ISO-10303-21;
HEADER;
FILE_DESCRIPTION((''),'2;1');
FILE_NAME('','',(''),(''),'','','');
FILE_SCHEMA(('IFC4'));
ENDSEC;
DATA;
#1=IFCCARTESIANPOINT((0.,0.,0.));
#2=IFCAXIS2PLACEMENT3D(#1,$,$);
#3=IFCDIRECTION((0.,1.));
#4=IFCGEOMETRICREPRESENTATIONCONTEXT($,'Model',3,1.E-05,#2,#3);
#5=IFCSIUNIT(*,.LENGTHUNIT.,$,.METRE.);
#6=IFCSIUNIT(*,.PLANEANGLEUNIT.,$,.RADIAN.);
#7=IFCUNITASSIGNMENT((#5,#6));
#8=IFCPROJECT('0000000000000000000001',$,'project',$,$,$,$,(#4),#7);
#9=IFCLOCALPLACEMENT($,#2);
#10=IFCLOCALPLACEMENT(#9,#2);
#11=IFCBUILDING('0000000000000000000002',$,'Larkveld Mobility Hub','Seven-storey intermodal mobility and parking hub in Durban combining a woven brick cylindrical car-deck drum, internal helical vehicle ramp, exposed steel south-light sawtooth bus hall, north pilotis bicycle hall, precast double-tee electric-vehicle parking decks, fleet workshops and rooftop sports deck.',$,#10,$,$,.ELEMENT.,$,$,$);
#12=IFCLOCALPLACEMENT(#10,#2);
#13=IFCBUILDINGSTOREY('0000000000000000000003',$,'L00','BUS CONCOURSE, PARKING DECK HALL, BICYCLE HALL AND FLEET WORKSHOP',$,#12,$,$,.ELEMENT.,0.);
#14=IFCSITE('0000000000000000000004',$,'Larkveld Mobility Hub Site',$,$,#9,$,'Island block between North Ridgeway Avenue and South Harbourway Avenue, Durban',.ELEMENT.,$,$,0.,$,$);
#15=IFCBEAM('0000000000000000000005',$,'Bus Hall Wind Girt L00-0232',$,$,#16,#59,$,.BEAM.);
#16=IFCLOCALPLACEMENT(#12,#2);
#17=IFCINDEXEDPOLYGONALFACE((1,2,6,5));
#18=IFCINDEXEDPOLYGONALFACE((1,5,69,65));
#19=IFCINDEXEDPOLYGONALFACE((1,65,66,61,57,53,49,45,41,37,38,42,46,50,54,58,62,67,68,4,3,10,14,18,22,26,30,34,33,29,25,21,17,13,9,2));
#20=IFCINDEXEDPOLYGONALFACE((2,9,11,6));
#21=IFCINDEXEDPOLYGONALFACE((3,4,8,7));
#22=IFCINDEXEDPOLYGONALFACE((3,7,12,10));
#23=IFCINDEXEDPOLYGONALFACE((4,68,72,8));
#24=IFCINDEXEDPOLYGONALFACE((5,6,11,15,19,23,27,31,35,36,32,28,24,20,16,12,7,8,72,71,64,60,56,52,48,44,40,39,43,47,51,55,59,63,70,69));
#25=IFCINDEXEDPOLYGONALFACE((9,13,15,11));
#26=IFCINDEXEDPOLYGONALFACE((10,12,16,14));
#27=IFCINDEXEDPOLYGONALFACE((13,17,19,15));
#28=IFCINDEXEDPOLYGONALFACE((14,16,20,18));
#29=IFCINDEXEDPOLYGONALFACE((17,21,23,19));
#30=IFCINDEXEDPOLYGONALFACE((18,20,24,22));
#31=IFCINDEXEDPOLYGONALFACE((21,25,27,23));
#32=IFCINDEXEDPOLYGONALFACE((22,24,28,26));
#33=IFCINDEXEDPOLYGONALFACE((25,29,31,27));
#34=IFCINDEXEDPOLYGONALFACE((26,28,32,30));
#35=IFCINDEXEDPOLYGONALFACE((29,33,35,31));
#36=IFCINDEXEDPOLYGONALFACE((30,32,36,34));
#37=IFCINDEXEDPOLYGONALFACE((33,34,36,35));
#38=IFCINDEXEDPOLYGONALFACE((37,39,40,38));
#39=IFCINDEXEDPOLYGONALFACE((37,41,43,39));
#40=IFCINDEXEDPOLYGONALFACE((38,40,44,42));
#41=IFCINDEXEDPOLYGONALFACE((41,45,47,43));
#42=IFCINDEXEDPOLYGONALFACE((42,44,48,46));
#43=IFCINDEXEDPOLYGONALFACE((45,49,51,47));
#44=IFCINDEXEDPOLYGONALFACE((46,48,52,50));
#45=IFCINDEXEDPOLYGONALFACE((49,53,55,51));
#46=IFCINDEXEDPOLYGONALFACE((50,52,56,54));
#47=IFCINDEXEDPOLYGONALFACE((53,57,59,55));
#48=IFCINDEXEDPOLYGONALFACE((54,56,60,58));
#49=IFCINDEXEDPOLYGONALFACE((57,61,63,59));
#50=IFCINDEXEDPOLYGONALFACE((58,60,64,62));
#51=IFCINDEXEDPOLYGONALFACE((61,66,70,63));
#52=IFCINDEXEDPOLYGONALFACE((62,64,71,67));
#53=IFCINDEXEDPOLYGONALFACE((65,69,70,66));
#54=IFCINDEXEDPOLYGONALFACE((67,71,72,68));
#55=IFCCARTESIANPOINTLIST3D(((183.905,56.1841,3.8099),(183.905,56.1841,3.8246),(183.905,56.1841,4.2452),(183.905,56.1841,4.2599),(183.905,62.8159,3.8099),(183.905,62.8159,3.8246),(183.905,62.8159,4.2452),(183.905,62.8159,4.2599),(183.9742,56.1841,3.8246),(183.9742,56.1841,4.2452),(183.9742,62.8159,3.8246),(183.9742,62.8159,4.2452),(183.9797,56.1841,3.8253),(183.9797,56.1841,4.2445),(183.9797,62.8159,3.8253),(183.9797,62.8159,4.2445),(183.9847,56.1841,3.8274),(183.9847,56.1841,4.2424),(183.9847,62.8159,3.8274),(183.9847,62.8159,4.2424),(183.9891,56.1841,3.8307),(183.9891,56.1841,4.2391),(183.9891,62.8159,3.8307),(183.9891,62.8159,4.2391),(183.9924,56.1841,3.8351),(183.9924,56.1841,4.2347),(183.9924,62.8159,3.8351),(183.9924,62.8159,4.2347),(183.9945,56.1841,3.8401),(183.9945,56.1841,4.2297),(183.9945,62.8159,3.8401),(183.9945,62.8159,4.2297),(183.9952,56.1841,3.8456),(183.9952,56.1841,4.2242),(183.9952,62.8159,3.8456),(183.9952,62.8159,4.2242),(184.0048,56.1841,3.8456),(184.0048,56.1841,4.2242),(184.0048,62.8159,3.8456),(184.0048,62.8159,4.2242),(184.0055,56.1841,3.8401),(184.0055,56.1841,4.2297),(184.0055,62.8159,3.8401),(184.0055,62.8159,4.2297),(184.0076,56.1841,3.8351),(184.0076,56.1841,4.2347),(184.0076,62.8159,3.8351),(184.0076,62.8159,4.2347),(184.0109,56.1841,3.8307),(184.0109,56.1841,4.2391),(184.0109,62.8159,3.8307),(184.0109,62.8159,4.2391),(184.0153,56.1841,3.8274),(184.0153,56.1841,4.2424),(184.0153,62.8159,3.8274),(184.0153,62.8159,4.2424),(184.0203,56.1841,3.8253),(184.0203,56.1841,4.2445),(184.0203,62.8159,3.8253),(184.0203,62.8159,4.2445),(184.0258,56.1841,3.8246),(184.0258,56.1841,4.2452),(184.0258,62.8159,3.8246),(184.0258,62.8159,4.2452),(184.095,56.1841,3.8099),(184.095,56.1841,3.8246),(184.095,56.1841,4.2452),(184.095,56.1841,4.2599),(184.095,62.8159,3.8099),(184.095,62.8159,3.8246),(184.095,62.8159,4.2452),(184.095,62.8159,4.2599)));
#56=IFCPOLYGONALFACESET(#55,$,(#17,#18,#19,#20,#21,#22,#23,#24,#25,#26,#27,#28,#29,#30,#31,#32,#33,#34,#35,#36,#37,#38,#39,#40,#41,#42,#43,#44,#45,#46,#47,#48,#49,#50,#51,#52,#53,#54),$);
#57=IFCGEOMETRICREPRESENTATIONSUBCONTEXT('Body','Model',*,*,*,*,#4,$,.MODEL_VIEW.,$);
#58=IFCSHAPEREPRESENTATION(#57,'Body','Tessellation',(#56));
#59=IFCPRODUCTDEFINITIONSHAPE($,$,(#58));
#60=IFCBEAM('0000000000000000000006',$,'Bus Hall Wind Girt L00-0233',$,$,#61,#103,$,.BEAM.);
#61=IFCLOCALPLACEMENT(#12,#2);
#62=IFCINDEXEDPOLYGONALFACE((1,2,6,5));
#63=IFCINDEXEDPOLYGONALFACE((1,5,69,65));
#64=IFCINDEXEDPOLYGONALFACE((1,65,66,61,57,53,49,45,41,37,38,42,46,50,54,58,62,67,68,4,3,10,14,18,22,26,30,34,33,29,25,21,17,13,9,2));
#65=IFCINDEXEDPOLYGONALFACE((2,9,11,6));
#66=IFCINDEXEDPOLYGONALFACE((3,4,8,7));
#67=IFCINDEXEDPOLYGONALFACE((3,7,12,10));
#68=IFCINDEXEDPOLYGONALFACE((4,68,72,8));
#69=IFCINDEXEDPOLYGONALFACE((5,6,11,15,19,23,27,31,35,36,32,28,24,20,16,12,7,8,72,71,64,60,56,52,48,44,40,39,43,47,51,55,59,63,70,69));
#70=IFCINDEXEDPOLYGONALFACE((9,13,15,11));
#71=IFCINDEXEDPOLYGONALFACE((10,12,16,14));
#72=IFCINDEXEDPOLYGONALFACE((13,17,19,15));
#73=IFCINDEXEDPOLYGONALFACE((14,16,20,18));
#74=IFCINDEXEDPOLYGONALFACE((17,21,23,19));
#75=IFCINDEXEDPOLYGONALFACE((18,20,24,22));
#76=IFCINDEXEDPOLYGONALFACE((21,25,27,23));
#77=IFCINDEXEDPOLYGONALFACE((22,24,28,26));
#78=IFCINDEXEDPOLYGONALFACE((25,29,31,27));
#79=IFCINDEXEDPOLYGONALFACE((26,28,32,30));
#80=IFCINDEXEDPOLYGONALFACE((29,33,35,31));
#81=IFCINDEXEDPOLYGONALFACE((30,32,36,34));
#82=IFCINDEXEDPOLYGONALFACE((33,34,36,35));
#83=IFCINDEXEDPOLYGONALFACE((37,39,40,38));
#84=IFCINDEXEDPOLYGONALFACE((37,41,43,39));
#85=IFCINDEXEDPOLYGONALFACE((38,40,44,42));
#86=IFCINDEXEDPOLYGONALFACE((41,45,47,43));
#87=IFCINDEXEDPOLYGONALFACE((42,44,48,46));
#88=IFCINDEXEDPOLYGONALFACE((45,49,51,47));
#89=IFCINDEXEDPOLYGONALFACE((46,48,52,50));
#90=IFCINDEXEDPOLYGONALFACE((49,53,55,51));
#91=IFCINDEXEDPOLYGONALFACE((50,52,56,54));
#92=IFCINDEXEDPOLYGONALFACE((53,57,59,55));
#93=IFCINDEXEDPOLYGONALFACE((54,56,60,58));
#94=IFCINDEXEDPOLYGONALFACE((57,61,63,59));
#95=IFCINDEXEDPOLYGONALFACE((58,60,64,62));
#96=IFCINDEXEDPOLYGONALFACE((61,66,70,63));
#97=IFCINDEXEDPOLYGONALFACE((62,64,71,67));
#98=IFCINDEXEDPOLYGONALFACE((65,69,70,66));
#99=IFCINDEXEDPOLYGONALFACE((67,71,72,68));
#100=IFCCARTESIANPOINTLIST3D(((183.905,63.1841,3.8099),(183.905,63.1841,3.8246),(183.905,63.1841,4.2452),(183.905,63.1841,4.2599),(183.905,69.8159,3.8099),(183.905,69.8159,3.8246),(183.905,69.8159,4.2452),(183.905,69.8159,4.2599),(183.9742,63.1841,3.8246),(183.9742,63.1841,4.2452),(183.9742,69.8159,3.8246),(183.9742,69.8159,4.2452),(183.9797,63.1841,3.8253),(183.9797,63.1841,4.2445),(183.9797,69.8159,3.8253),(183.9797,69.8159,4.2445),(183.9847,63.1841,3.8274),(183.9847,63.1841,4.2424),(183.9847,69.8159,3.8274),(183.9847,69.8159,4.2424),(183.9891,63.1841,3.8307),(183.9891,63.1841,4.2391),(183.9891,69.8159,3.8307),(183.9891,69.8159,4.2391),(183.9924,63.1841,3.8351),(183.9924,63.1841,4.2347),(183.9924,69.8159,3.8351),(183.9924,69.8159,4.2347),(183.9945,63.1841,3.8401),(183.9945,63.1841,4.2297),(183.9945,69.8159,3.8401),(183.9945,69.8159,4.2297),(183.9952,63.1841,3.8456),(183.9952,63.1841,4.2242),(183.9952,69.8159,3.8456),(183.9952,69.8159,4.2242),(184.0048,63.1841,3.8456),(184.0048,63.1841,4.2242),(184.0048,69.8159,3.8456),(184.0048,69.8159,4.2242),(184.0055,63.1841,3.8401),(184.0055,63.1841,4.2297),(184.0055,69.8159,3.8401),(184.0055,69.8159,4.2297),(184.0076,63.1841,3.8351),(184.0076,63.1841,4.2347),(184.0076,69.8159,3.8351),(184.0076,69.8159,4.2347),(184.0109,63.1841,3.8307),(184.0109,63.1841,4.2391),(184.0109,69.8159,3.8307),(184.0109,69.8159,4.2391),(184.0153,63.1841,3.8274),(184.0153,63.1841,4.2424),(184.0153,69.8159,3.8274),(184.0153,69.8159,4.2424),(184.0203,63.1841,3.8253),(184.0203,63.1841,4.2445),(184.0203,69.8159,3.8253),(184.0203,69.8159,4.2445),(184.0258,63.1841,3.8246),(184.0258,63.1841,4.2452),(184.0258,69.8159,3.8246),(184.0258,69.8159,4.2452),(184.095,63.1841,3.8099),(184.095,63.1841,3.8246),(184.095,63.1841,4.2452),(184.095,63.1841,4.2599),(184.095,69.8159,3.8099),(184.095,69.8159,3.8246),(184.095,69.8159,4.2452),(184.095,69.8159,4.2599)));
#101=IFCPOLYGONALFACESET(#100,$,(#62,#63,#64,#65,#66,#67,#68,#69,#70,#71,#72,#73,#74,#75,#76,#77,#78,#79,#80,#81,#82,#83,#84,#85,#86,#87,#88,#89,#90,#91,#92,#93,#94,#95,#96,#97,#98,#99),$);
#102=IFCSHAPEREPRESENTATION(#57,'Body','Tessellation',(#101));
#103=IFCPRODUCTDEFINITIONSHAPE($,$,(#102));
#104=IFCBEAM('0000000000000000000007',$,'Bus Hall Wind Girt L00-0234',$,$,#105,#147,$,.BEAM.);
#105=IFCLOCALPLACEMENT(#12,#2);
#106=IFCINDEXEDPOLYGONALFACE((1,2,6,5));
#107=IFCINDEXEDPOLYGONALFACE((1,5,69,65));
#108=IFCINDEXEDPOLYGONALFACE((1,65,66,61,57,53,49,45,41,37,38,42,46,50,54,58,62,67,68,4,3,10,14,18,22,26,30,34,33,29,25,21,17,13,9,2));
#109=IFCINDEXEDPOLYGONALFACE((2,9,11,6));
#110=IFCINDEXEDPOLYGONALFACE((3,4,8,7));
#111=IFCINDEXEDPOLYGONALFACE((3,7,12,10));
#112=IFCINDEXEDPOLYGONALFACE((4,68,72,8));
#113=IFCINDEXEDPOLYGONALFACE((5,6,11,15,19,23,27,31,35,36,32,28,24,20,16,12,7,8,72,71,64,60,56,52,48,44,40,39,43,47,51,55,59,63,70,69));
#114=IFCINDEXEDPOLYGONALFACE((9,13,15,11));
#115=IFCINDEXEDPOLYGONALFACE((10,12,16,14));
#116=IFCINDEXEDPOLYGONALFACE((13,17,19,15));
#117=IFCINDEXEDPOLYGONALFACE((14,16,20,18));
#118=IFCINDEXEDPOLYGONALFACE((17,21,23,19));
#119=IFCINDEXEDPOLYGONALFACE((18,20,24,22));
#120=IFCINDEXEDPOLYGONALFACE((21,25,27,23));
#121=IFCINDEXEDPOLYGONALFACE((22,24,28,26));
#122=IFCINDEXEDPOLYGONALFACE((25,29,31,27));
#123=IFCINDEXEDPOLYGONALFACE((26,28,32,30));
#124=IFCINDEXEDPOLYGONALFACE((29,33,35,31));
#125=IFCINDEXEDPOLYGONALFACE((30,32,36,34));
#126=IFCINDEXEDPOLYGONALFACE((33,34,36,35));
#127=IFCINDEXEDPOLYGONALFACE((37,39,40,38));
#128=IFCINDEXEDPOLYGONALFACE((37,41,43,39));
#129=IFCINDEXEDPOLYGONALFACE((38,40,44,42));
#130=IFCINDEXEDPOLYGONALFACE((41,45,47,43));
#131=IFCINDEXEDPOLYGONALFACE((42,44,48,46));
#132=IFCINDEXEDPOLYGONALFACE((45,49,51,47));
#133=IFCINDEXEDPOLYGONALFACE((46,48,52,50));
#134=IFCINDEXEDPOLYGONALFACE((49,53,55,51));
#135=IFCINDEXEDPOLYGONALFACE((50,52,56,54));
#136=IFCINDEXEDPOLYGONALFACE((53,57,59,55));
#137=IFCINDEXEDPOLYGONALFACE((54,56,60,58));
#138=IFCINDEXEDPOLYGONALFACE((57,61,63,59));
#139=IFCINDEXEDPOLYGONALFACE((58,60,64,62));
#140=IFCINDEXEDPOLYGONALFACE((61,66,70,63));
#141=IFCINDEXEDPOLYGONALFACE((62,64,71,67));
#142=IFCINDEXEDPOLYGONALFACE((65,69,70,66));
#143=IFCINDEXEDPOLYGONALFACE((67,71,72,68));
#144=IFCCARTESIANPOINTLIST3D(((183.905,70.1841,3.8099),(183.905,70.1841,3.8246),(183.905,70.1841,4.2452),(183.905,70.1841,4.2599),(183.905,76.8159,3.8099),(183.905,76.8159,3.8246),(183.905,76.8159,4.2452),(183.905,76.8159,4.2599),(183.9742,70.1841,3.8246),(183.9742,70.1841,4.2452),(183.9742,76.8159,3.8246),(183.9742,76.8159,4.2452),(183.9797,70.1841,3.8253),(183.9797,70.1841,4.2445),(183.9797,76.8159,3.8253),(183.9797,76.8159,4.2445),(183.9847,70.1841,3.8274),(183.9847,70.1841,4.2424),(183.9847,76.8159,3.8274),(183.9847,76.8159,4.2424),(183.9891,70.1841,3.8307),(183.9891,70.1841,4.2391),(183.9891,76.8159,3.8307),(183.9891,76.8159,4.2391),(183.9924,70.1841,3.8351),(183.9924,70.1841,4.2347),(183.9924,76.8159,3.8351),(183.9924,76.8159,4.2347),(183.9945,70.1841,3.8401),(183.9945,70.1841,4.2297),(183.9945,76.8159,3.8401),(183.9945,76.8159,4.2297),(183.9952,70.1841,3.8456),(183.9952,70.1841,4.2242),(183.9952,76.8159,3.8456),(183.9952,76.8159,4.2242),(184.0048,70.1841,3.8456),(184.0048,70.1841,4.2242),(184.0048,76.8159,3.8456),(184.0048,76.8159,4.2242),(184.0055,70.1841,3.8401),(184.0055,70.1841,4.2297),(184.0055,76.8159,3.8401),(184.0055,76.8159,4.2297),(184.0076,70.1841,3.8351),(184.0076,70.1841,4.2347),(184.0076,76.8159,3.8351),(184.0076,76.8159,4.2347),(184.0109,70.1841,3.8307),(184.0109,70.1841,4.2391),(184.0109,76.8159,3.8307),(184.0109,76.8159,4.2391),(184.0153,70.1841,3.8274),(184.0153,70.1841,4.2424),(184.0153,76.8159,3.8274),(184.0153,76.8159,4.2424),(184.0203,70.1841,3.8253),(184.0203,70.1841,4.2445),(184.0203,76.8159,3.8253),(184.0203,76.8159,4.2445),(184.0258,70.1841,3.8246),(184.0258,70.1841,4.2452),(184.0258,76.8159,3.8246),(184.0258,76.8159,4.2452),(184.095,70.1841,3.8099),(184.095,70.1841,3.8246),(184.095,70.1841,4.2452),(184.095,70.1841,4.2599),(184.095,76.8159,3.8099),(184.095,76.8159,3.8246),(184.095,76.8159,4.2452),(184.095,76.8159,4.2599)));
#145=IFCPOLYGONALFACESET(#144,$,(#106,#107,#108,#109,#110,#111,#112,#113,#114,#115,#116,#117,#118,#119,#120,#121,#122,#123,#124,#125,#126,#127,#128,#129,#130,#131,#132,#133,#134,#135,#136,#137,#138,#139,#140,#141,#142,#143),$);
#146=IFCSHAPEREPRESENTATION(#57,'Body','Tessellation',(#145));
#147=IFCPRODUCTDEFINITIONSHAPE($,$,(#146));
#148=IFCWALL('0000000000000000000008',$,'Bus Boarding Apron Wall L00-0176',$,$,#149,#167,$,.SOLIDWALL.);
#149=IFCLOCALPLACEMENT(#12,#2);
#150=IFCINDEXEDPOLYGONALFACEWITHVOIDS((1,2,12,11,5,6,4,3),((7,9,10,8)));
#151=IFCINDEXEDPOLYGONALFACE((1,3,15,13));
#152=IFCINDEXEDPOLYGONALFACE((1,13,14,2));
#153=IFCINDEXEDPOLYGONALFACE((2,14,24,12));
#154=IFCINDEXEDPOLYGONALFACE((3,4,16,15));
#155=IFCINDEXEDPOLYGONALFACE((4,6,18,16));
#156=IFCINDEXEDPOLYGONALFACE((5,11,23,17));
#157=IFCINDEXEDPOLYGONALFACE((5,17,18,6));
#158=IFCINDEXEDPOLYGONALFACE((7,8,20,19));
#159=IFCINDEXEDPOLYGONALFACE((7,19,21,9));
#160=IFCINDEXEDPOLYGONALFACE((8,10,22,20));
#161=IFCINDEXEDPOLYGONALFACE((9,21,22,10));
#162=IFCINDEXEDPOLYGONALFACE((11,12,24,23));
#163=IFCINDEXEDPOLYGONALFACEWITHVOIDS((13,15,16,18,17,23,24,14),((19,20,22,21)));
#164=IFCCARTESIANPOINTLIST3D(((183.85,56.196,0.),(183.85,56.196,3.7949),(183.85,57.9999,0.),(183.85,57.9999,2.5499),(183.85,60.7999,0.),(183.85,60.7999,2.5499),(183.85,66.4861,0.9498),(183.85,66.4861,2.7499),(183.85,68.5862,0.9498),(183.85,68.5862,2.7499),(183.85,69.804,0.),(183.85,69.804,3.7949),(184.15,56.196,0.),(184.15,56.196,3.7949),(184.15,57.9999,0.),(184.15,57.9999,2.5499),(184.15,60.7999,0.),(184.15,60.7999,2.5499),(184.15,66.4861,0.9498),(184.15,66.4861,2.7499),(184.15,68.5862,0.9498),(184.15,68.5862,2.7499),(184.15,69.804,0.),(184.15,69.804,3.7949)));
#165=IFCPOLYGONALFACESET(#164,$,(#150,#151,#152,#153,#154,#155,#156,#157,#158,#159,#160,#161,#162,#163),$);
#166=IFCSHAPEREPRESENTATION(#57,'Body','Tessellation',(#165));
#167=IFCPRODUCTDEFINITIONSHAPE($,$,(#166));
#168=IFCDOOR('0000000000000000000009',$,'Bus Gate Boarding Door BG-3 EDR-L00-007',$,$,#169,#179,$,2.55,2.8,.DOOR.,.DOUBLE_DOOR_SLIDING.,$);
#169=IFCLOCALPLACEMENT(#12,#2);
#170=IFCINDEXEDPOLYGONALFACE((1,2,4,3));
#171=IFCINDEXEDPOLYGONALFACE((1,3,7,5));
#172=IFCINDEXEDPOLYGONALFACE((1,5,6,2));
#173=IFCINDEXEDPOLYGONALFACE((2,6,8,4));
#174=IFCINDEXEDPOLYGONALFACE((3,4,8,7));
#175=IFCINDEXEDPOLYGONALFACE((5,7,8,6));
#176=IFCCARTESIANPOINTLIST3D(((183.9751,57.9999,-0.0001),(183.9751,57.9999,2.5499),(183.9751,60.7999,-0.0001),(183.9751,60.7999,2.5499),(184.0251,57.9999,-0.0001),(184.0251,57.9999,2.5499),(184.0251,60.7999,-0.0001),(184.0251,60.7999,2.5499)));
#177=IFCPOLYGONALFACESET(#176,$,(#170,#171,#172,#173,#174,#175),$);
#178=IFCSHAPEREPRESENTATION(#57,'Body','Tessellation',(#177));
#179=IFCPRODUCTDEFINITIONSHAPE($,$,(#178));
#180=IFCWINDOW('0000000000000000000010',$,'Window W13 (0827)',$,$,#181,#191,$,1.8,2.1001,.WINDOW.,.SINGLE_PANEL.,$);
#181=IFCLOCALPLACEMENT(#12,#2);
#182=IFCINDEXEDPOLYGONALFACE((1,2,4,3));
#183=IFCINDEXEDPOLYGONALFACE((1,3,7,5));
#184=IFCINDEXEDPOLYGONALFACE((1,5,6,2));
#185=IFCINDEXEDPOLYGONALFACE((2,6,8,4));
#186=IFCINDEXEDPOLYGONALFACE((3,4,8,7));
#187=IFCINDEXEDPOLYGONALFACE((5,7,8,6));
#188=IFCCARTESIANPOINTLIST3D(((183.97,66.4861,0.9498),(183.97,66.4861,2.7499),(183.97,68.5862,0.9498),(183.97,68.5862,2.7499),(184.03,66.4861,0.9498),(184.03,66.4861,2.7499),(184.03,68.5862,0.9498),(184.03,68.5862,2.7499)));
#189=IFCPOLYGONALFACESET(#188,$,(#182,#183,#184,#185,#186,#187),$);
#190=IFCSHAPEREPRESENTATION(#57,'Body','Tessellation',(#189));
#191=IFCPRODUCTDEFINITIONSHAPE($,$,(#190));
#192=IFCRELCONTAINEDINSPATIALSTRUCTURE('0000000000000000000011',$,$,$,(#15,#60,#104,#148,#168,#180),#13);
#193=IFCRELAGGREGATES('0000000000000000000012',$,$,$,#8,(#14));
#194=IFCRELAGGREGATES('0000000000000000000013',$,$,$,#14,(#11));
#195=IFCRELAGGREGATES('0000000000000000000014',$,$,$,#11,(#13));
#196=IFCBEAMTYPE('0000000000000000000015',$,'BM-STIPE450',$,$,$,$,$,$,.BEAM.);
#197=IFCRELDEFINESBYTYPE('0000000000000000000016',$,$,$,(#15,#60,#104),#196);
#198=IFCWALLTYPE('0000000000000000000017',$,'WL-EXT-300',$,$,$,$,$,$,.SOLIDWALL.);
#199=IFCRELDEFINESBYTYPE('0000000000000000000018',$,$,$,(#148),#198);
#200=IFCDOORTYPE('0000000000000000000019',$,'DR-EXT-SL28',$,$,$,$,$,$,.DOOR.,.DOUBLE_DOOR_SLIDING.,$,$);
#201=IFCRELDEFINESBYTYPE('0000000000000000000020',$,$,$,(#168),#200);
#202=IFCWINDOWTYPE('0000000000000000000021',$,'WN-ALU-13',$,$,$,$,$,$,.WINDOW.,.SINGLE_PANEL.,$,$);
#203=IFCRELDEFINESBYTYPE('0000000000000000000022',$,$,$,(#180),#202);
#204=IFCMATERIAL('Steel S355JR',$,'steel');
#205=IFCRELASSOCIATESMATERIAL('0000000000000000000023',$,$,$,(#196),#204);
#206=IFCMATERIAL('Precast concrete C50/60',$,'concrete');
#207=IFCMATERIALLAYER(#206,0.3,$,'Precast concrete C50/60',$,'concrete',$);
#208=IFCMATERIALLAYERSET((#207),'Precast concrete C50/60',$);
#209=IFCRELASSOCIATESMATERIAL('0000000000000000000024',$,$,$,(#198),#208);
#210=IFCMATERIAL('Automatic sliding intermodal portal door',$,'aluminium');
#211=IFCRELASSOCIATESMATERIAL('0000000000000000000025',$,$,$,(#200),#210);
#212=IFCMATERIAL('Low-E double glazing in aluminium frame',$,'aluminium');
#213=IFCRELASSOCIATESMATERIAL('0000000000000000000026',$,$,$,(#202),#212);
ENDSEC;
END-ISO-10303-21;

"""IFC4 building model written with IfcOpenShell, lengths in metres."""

from ifc_helpers import new_model, si_unit, direction, frame, frame_2d, origin, origin_2d, place, context, subcontext, project, spatial, rectangle, i_section, extrude, material, layer, layer_set, material_profile, profile_set, type_object, element, fill, save


model = new_model("IFC4")

# Units and contexts
model_context = context("Model", 3, precision=1e-05, world=origin(), true_north=direction((0.0, 1.0)))
body_context = subcontext(model_context, "Body", "Model", "MODEL_VIEW")
ifc_project = project(units=[si_unit("LENGTHUNIT", "METRE"), si_unit("PLANEANGLEUNIT", "RADIAN")], contexts=[model_context])

# Site, building, storey
site_placement = place(None, origin())
site = spatial("IfcSite", under=ifc_project, at=site_placement, Name="Larkveld Mobility Hub Site", LongName="Island block between North Ridgeway Avenue and South Harbourway Avenue, Durban", CompositionType="ELEMENT", RefElevation=0.0)
building_placement = place(site_placement, origin())
building = spatial("IfcBuilding", under=site, at=building_placement, Name="Larkveld Mobility Hub", Description="Seven-storey intermodal mobility and parking hub in Durban combining a woven brick cylindrical car-deck drum, internal helical vehicle ramp, exposed steel south-light sawtooth bus hall, north pilotis bicycle hall, precast double-tee electric-vehicle parking decks, fleet workshops and rooftop sports deck.", CompositionType="ELEMENT")
storey_placement = place(building_placement, origin())
storey = spatial("IfcBuildingStorey", under=building, at=storey_placement, Name="L00", Description="BUS CONCOURSE, PARKING DECK HALL, BICYCLE HALL AND FLEET WORKSHOP", CompositionType="ELEMENT", Elevation=0.0)

# Shared definitions
ifc_material_1 = material(Name="Steel S355JR", Category="steel")

# Beams
ifc_material_profile_1 = material_profile(ifc_material_1, i_section(OverallWidth=0.1899, OverallDepth=0.45, WebThickness=0.0095, FlangeThickness=0.0146, FilletRadius=0.021, at=origin_2d()), Name="IPE 450")
ifc_profile_set_1 = profile_set([ifc_material_profile_1], Name="Steel S355JR")
beam_type = type_object("IfcBeamType", Name="BM-STIPE450", PredefinedType="BEAM", material=ifc_profile_set_1)
for number, where, z_axis, x_axis, name in (
    (1, (184.0, 56.1841, 4.0349), (0.0, 1.0, 0.0), (-1.0, 0.0, 0.0), "Bus Hall Wind Girt L00-0232"),
    (2, (184.0, 63.1841, 4.0349), (0.0, 1.0, 0.0), (-1.0, 0.0, 0.0), "Bus Hall Wind Girt L00-0233"),
    (3, (184.0, 70.1841, 4.0349), (0.0, 1.0, 0.0), (-1.0, 0.0, 0.0), "Bus Hall Wind Girt L00-0234"),
):
    element("IfcBeam", number, at=place(storey_placement, frame(where, z_axis=z_axis, x_axis=x_axis)), inside=storey, type_object=beam_type, Name=name, PredefinedType="BEAM", context=body_context, shape_type="SweptSolid", body=[
        extrude(i_section(OverallWidth=0.1899, OverallDepth=0.45, WebThickness=0.0095, FlangeThickness=0.0146, FilletRadius=0.021, at=origin_2d()), origin(), (0.0, 0.0, 1.0), 6.6318),
    ])

# Wall, openings, door, window
ifc_material_2 = material(Name="Precast concrete C50/60", Category="concrete")
ifc_layer = layer(ifc_material_2, 0.3, Name="Precast concrete C50/60", Category="concrete")
ifc_layer_set = layer_set([ifc_layer], Name="Precast concrete C50/60")
wall_type = type_object("IfcWallType", Name="WL-EXT-300", PredefinedType="SOLIDWALL", material=ifc_layer_set)
wall_1_placement = place(storey_placement, frame((184.0, 56.196, 0.0), z_axis=(0.0, 0.0, 1.0), x_axis=(0.0, 1.0, 0.0)))
wall_1 = element("IfcWall", 4, at=wall_1_placement, inside=storey, type_object=wall_type, Name="Bus Boarding Apron Wall L00-0176", PredefinedType="SOLIDWALL", context=body_context, shape_type="SweptSolid", body=[
    extrude(rectangle(XDim=13.6079, YDim=0.3, at=frame_2d((6.804, 0.0))), origin(), (0.0, 0.0, 1.0), 3.7949),
])
opening_1_placement = place(wall_1_placement, frame((1.804, 0.0, 0.0)))
opening_1 = element("IfcOpeningElement", 5, at=opening_1_placement, cuts=wall_1, PredefinedType="OPENING", context=body_context, shape_type="SweptSolid", body=[
    extrude(rectangle(XDim=2.8, YDim=2.55, at=frame_2d((1.3999, 1.2749))), frame((0.0, 0.1602, 0.0), z_axis=(0.0, -1.0, 0.0), x_axis=(1.0, 0.0, 0.0)), (0.0, 0.0, 1.0), 0.3201),
])
opening_2_placement = place(wall_1_placement, frame((10.29, 0.0, 0.95)))
opening_2 = element("IfcOpeningElement", 6, at=opening_2_placement, cuts=wall_1, PredefinedType="OPENING", context=body_context, shape_type="SweptSolid", body=[
    extrude(rectangle(XDim=2.1001, YDim=1.8, at=frame_2d((1.05, 0.8999))), frame((0.0, 0.1602, 0.0), z_axis=(0.0, -1.0, 0.0), x_axis=(1.0, 0.0, 0.0)), (0.0, 0.0, 1.0), 0.3201),
])
ifc_material_3 = material(Name="Automatic sliding intermodal portal door", Category="aluminium")
door_type_1 = type_object("IfcDoorType", Name="DR-EXT-SL28", OperationType="DOUBLE_DOOR_SLIDING", PredefinedType="DOOR", material=ifc_material_3)
door_1_placement = place(opening_1_placement, origin())
door_1 = element("IfcDoor", 7, at=door_1_placement, inside=storey, type_object=door_type_1, Name="Bus Gate Boarding Door BG-3 EDR-L00-007", OperationType="DOUBLE_DOOR_SLIDING", OverallHeight=2.55, OverallWidth=2.8, PredefinedType="DOOR", context=body_context, shape_type="SweptSolid", body=[
    extrude(rectangle(XDim=2.8, YDim=2.55, at=frame_2d((1.3999, 1.2749))), frame((0.0, 0.0249, 0.0), z_axis=(0.0, -1.0, 0.0), x_axis=(1.0, 0.0, 0.0)), (0.0, 0.0, 1.0), 0.05),
])
fill(opening_1, door_1)
ifc_material_4 = material(Name="Low-E double glazing in aluminium frame", Category="aluminium")
window_type = type_object("IfcWindowType", Name="WN-ALU-13", PartitioningType="SINGLE_PANEL", PredefinedType="WINDOW", material=ifc_material_4)
window_1_placement = place(opening_2_placement, origin())
window_1 = element("IfcWindow", 8, at=window_1_placement, inside=storey, type_object=window_type, Name="Window W13 (0827)", OverallHeight=1.8, OverallWidth=2.1001, PartitioningType="SINGLE_PANEL", PredefinedType="WINDOW", context=body_context, shape_type="SweptSolid", body=[
    extrude(rectangle(XDim=2.1001, YDim=1.8, at=frame_2d((1.05, 0.8999))), frame((0.0, 0.03, 0.0), z_axis=(0.0, -1.0, 0.0), x_axis=(1.0, 0.0, 0.0)), (0.0, 0.0, 1.0), 0.0601),
])
fill(opening_2, window_1)

save(model, "model.ifc")
